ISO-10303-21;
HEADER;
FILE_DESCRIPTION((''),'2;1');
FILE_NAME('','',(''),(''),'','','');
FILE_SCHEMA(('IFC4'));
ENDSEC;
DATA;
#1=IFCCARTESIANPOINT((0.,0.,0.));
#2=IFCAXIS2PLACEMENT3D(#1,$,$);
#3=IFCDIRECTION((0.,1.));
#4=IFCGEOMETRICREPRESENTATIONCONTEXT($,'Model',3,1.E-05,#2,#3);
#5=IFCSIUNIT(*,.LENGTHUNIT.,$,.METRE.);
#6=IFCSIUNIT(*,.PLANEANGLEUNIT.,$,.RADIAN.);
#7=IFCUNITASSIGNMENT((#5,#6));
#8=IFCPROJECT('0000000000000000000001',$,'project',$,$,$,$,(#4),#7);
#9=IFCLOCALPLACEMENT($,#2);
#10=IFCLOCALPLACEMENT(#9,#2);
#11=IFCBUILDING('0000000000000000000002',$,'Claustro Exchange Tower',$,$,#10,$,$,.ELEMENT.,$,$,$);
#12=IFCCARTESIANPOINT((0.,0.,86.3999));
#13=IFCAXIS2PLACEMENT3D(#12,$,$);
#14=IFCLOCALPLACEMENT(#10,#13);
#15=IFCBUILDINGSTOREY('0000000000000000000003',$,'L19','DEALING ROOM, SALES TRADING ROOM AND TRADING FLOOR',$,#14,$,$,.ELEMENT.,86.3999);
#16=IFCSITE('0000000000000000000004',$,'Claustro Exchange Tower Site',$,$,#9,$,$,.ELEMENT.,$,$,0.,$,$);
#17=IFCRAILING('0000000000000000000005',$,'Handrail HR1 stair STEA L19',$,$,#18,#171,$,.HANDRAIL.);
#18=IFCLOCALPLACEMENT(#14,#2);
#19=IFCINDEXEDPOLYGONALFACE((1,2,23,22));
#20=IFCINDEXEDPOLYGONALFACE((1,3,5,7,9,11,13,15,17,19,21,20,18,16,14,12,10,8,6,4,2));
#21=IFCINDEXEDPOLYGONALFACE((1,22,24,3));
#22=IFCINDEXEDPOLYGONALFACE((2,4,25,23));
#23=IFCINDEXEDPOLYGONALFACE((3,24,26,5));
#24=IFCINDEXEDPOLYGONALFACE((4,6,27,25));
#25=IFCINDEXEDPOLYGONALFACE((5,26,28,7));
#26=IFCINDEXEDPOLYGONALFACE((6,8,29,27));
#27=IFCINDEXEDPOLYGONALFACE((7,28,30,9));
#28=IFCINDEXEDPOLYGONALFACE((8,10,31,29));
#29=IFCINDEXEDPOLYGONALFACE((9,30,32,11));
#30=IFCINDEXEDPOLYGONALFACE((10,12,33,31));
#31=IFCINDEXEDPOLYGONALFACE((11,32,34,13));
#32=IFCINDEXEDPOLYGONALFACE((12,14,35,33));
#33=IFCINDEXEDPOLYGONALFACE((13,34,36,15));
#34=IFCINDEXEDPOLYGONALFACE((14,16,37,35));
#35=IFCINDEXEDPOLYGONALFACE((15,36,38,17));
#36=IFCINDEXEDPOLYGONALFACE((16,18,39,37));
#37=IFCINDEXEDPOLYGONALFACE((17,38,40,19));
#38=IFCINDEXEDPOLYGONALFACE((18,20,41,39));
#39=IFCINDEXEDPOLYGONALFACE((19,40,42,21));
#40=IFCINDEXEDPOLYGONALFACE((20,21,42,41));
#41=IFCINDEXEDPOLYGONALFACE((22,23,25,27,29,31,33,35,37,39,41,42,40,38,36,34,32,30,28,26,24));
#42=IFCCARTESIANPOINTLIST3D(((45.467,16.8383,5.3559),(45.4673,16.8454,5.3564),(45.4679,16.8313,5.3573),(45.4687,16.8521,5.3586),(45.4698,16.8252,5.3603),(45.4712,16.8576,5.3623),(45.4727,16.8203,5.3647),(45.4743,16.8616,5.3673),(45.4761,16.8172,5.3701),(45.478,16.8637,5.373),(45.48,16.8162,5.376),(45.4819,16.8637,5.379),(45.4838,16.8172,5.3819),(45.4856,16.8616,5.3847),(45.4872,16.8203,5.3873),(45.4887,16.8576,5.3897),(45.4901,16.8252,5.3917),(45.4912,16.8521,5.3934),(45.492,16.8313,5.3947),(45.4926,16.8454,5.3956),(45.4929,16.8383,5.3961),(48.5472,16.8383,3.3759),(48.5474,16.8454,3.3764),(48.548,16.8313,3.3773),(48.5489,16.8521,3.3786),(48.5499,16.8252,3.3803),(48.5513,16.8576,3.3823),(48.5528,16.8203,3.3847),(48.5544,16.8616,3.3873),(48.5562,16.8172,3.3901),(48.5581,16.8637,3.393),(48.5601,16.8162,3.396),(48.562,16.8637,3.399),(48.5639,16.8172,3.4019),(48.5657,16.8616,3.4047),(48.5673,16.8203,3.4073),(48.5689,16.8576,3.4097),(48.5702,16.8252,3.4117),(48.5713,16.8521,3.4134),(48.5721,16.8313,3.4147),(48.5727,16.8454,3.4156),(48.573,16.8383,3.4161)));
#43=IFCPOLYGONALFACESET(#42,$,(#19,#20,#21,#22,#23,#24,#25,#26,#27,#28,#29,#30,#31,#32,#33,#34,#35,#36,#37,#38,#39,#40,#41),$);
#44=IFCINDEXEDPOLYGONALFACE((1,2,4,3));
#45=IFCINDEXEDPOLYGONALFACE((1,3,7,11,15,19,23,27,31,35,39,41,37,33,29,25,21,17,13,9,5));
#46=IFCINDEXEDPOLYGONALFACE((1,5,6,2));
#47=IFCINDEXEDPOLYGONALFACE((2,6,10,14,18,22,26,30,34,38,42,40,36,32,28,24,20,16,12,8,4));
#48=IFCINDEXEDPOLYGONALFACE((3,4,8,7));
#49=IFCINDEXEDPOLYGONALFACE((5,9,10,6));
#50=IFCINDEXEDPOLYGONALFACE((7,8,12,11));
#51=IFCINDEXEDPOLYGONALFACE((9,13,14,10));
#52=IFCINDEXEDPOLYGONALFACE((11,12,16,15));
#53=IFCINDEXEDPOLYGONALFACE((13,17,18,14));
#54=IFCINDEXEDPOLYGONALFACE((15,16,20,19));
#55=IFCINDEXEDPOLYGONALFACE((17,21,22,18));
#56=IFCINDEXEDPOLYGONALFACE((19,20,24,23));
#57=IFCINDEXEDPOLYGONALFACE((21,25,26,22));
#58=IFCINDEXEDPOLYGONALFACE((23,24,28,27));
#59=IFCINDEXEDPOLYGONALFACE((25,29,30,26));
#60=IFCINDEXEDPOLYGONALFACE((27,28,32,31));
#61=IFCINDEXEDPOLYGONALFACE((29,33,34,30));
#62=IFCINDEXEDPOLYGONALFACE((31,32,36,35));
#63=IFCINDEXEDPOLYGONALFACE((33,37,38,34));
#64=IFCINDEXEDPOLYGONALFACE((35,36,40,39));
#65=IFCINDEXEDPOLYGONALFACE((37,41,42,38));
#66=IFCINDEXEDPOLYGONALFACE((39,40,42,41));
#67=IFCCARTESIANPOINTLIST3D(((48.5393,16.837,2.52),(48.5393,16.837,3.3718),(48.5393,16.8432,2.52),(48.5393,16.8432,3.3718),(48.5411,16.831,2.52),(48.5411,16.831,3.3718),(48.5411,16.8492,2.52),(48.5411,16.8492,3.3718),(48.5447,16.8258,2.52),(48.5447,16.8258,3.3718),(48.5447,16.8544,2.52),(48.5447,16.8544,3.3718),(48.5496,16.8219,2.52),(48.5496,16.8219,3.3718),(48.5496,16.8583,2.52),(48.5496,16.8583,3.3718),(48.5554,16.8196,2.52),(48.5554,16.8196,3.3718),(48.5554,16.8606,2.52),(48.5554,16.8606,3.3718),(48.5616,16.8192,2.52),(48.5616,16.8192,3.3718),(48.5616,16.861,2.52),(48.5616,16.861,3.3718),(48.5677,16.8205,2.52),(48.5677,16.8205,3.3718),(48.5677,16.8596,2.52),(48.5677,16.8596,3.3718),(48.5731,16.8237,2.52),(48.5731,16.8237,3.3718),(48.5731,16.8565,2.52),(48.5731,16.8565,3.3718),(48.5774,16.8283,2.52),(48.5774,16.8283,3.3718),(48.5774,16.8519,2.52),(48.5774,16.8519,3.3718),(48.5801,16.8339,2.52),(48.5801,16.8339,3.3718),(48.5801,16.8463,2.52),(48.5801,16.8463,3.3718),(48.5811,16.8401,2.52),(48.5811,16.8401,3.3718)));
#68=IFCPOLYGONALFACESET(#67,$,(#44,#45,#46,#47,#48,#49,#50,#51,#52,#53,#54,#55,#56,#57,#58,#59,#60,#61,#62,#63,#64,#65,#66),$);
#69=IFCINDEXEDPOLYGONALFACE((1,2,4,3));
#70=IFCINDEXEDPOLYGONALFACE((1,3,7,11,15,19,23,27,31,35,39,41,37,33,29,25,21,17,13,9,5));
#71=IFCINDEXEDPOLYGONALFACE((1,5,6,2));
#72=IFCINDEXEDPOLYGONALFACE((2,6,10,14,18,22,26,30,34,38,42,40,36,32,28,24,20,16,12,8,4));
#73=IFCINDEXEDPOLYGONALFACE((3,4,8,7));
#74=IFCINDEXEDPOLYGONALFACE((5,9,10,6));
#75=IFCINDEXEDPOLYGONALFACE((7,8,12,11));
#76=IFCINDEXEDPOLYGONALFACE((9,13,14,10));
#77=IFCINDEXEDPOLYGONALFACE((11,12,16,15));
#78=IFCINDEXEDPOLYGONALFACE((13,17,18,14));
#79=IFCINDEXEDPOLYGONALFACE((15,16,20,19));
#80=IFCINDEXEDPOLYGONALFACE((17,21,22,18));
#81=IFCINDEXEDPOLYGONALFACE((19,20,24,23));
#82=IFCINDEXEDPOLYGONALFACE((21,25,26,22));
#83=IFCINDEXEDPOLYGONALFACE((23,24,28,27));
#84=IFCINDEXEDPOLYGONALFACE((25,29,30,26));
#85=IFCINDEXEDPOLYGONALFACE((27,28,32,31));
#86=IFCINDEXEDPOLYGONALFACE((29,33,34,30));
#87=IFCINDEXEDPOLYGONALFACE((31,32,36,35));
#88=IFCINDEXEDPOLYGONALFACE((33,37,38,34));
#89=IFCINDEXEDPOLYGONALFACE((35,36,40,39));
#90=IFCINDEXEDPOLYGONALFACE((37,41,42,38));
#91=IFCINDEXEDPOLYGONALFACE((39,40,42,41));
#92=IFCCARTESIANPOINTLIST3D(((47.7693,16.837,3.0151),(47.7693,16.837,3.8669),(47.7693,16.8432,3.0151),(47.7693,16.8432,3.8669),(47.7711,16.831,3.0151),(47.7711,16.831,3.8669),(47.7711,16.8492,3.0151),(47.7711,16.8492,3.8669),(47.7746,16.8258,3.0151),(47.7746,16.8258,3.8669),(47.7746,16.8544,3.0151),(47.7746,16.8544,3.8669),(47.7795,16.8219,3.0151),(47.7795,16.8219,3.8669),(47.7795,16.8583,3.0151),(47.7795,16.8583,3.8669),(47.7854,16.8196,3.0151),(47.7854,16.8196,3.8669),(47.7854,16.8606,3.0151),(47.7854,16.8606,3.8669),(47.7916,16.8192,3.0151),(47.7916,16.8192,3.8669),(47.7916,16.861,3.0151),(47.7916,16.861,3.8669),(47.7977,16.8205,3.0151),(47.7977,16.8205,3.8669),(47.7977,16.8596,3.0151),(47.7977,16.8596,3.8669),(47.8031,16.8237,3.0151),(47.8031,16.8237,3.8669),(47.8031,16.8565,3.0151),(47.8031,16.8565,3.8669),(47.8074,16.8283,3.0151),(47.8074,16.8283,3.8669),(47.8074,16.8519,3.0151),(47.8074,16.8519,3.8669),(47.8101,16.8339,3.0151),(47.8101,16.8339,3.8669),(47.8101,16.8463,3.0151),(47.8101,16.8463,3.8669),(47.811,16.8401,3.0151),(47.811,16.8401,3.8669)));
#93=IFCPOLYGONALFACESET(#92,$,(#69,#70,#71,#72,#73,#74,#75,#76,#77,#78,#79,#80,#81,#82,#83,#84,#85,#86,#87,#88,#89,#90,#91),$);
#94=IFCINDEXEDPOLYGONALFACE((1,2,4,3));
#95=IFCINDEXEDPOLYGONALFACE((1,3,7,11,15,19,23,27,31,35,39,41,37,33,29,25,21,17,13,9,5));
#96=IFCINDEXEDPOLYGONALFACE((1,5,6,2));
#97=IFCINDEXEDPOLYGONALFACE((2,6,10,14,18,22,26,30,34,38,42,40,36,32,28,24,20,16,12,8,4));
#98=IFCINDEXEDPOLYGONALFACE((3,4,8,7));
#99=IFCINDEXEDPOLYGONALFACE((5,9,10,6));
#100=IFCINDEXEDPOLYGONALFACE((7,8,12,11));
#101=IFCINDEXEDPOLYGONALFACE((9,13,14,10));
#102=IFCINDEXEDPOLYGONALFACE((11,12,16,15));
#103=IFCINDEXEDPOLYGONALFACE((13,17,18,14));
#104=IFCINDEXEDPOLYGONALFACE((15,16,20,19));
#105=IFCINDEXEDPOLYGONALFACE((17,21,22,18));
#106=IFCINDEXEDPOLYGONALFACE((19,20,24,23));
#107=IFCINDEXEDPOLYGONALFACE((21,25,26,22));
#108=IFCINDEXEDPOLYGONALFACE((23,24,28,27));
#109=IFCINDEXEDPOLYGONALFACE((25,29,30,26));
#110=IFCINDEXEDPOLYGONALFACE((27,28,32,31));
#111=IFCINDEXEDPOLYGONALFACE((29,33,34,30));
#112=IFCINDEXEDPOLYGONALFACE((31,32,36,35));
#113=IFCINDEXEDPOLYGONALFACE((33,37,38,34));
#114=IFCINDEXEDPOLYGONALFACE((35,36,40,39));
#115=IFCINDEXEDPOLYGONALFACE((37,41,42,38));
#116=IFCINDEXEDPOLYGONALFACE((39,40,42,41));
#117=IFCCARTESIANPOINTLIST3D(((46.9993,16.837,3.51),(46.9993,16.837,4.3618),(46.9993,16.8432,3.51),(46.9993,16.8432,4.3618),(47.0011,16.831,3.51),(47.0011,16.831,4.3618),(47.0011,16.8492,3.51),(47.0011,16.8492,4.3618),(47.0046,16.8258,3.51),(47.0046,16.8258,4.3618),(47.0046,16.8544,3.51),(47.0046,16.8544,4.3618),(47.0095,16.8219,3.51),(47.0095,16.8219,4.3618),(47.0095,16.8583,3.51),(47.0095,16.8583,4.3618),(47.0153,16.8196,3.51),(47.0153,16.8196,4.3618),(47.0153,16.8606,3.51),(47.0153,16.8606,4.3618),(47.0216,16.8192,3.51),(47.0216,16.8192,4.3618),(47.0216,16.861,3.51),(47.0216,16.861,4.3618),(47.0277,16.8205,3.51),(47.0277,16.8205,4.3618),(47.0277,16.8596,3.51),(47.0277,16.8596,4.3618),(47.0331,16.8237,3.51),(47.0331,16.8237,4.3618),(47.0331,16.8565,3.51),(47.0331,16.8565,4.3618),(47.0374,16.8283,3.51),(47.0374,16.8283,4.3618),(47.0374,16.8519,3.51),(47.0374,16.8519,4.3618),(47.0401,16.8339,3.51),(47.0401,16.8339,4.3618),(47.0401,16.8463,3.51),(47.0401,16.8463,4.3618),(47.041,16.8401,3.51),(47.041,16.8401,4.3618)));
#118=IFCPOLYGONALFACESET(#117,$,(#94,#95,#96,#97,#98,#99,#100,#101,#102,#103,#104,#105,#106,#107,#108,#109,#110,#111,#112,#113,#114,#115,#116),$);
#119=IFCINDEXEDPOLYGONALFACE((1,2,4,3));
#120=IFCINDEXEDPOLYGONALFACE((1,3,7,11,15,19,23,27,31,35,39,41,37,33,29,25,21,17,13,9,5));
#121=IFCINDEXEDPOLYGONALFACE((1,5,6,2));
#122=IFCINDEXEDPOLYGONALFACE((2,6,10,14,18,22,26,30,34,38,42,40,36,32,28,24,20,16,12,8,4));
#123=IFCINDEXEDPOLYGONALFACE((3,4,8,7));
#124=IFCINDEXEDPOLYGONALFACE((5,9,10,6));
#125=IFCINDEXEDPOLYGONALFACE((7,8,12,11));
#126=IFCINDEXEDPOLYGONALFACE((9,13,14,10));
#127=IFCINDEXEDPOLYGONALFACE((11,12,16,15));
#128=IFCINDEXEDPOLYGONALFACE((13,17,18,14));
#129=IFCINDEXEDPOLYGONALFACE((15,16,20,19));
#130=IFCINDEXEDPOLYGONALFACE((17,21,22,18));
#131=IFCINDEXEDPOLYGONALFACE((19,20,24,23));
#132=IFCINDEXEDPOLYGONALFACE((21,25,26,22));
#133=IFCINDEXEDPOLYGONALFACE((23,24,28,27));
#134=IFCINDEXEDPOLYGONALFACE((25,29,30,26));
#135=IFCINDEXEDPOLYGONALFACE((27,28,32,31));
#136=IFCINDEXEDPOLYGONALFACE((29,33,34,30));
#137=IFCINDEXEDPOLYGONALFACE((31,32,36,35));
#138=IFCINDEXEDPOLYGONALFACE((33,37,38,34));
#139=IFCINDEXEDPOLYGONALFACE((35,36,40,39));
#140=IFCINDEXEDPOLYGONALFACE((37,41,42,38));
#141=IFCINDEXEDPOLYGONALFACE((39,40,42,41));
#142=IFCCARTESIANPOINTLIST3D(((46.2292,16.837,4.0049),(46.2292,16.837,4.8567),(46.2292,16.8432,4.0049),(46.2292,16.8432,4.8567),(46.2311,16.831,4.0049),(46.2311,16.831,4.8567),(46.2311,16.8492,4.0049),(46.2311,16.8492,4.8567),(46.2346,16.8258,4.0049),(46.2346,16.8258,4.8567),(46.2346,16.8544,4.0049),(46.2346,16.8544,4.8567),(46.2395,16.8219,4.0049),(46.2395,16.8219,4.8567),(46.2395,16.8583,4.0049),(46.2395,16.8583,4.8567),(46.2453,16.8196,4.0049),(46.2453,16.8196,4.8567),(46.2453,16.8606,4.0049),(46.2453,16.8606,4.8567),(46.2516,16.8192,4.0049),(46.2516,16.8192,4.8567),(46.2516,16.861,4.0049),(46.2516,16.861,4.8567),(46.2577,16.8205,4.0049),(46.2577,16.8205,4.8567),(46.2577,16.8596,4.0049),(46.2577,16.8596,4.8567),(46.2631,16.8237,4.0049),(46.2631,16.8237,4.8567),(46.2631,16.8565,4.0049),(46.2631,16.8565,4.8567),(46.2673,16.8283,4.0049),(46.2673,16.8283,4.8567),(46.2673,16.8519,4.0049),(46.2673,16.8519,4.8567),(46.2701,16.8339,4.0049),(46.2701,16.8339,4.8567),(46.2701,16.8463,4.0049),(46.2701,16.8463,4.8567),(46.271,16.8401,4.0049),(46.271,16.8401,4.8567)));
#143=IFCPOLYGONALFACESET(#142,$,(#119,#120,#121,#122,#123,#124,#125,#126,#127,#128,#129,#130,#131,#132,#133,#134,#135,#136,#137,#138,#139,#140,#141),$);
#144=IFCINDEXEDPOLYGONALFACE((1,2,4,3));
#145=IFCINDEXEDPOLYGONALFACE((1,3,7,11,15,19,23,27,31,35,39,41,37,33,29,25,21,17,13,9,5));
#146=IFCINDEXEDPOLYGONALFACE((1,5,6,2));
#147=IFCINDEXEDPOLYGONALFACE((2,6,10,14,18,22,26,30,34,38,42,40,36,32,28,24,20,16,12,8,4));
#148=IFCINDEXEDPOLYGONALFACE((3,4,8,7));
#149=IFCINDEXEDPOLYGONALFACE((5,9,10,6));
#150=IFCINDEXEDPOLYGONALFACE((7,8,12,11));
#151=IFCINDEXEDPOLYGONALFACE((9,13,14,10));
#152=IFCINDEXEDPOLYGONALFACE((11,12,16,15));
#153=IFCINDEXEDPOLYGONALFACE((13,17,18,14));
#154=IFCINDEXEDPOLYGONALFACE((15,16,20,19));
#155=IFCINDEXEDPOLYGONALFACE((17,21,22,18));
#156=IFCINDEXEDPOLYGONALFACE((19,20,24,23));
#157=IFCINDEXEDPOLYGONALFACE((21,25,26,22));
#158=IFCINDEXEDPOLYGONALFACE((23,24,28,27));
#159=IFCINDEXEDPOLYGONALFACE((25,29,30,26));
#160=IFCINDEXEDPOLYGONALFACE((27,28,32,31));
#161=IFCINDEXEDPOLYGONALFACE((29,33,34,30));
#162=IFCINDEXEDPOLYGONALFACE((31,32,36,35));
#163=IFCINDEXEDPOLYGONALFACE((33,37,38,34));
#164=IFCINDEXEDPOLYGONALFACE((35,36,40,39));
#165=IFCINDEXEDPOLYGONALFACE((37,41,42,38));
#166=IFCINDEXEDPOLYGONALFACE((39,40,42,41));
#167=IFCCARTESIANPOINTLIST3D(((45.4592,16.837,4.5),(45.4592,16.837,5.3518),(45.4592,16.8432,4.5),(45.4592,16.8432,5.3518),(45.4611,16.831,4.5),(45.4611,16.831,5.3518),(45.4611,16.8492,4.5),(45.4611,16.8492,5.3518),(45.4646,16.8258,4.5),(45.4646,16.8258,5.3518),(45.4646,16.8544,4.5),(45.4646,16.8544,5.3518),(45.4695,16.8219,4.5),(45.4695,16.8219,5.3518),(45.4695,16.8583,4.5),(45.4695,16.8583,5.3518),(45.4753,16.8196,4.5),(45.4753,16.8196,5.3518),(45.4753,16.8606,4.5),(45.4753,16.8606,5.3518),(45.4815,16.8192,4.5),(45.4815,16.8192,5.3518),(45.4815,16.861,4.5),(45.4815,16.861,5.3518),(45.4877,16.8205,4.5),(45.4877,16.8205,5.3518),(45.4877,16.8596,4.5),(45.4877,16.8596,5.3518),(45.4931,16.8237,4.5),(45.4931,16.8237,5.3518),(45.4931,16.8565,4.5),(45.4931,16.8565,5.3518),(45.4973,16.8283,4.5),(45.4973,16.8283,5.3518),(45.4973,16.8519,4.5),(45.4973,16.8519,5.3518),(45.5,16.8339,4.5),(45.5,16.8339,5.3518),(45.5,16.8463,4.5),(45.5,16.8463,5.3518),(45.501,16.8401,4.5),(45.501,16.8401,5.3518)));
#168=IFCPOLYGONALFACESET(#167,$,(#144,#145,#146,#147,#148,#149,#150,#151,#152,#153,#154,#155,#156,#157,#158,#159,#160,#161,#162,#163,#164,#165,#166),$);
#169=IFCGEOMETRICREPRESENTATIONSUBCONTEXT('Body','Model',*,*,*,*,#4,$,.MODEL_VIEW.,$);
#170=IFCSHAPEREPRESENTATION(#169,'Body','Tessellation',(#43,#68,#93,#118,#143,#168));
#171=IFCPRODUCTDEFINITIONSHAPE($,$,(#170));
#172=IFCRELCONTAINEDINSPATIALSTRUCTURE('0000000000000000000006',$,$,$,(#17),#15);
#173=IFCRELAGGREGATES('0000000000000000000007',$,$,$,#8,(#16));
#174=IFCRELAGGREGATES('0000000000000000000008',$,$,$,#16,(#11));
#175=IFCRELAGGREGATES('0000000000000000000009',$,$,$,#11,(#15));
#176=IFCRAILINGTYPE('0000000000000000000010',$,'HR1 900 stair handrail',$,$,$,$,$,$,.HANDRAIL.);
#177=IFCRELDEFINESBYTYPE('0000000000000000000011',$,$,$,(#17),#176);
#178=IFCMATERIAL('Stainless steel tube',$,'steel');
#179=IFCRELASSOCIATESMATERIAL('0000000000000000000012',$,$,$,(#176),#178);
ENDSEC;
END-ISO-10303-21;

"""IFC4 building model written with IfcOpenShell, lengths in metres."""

from ifc_helpers import new_model, si_unit, direction, frame, origin, origin_2d, place, context, subcontext, project, spatial, circle, extrude, material, type_object, element, save


model = new_model("IFC4")

# Units and contexts
model_context = context("Model", 3, precision=1e-05, world=origin(), true_north=direction((0.0, 1.0)))
body_context = subcontext(model_context, "Body", "Model", "MODEL_VIEW")
ifc_project = project(units=[si_unit("LENGTHUNIT", "METRE"), si_unit("PLANEANGLEUNIT", "RADIAN")], contexts=[model_context])

# Site, building, storey
site_placement = place(None, origin())
site = spatial("IfcSite", under=ifc_project, at=site_placement, Name="Claustro Exchange Tower Site", CompositionType="ELEMENT", RefElevation=0.0)
building_placement = place(site_placement, origin())
building = spatial("IfcBuilding", under=site, at=building_placement, Name="Claustro Exchange Tower", CompositionType="ELEMENT")
storey_placement = place(building_placement, frame((0.0, 0.0, 86.3999)))
storey = spatial("IfcBuildingStorey", under=building, at=storey_placement, Name="L19", Description="DEALING ROOM, SALES TRADING ROOM AND TRADING FLOOR", CompositionType="ELEMENT", Elevation=86.3999)

# Railing
ifc_material_1 = material(Name="Stainless steel tube", Category="steel")
railing_type_1 = type_object("IfcRailingType", Name="HR1 900 stair handrail", PredefinedType="HANDRAIL", material=ifc_material_1)
railing_1_placement = place(storey_placement, frame((48.5601, 16.8401, 2.52)))
element("IfcRailing", 1, at=railing_1_placement, inside=storey, type_object=railing_type_1, Name="Handrail HR1 stair STEA L19", PredefinedType="HANDRAIL", context=body_context, shape_type="SweptSolid", body=[
    extrude(circle(Radius=0.0239, at=origin_2d()), frame((0.0, 0.0, 0.876), z_axis=(-0.841187, 0.0, 0.540744), x_axis=(0.0, -1.0, 0.0)), (0.0, 0.0, 1.0), 3.6616),
    extrude(circle(Radius=0.021, at=origin_2d()), origin(), (0.0, 0.0, 1.0), 0.8518),
    extrude(circle(Radius=0.021, at=origin_2d()), frame((-0.77, 0.0, 0.4951)), (0.0, 0.0, 1.0), 0.8518),
    extrude(circle(Radius=0.021, at=origin_2d()), frame((-1.54, 0.0, 0.99)), (0.0, 0.0, 1.0), 0.8518),
    extrude(circle(Radius=0.021, at=origin_2d()), frame((-2.3101, 0.0, 1.4849)), (0.0, 0.0, 1.0), 0.8518),
    extrude(circle(Radius=0.021, at=origin_2d()), frame((-3.0801, 0.0, 1.98)), (0.0, 0.0, 1.0), 0.8518),
])

save(model, "model.ifc")
